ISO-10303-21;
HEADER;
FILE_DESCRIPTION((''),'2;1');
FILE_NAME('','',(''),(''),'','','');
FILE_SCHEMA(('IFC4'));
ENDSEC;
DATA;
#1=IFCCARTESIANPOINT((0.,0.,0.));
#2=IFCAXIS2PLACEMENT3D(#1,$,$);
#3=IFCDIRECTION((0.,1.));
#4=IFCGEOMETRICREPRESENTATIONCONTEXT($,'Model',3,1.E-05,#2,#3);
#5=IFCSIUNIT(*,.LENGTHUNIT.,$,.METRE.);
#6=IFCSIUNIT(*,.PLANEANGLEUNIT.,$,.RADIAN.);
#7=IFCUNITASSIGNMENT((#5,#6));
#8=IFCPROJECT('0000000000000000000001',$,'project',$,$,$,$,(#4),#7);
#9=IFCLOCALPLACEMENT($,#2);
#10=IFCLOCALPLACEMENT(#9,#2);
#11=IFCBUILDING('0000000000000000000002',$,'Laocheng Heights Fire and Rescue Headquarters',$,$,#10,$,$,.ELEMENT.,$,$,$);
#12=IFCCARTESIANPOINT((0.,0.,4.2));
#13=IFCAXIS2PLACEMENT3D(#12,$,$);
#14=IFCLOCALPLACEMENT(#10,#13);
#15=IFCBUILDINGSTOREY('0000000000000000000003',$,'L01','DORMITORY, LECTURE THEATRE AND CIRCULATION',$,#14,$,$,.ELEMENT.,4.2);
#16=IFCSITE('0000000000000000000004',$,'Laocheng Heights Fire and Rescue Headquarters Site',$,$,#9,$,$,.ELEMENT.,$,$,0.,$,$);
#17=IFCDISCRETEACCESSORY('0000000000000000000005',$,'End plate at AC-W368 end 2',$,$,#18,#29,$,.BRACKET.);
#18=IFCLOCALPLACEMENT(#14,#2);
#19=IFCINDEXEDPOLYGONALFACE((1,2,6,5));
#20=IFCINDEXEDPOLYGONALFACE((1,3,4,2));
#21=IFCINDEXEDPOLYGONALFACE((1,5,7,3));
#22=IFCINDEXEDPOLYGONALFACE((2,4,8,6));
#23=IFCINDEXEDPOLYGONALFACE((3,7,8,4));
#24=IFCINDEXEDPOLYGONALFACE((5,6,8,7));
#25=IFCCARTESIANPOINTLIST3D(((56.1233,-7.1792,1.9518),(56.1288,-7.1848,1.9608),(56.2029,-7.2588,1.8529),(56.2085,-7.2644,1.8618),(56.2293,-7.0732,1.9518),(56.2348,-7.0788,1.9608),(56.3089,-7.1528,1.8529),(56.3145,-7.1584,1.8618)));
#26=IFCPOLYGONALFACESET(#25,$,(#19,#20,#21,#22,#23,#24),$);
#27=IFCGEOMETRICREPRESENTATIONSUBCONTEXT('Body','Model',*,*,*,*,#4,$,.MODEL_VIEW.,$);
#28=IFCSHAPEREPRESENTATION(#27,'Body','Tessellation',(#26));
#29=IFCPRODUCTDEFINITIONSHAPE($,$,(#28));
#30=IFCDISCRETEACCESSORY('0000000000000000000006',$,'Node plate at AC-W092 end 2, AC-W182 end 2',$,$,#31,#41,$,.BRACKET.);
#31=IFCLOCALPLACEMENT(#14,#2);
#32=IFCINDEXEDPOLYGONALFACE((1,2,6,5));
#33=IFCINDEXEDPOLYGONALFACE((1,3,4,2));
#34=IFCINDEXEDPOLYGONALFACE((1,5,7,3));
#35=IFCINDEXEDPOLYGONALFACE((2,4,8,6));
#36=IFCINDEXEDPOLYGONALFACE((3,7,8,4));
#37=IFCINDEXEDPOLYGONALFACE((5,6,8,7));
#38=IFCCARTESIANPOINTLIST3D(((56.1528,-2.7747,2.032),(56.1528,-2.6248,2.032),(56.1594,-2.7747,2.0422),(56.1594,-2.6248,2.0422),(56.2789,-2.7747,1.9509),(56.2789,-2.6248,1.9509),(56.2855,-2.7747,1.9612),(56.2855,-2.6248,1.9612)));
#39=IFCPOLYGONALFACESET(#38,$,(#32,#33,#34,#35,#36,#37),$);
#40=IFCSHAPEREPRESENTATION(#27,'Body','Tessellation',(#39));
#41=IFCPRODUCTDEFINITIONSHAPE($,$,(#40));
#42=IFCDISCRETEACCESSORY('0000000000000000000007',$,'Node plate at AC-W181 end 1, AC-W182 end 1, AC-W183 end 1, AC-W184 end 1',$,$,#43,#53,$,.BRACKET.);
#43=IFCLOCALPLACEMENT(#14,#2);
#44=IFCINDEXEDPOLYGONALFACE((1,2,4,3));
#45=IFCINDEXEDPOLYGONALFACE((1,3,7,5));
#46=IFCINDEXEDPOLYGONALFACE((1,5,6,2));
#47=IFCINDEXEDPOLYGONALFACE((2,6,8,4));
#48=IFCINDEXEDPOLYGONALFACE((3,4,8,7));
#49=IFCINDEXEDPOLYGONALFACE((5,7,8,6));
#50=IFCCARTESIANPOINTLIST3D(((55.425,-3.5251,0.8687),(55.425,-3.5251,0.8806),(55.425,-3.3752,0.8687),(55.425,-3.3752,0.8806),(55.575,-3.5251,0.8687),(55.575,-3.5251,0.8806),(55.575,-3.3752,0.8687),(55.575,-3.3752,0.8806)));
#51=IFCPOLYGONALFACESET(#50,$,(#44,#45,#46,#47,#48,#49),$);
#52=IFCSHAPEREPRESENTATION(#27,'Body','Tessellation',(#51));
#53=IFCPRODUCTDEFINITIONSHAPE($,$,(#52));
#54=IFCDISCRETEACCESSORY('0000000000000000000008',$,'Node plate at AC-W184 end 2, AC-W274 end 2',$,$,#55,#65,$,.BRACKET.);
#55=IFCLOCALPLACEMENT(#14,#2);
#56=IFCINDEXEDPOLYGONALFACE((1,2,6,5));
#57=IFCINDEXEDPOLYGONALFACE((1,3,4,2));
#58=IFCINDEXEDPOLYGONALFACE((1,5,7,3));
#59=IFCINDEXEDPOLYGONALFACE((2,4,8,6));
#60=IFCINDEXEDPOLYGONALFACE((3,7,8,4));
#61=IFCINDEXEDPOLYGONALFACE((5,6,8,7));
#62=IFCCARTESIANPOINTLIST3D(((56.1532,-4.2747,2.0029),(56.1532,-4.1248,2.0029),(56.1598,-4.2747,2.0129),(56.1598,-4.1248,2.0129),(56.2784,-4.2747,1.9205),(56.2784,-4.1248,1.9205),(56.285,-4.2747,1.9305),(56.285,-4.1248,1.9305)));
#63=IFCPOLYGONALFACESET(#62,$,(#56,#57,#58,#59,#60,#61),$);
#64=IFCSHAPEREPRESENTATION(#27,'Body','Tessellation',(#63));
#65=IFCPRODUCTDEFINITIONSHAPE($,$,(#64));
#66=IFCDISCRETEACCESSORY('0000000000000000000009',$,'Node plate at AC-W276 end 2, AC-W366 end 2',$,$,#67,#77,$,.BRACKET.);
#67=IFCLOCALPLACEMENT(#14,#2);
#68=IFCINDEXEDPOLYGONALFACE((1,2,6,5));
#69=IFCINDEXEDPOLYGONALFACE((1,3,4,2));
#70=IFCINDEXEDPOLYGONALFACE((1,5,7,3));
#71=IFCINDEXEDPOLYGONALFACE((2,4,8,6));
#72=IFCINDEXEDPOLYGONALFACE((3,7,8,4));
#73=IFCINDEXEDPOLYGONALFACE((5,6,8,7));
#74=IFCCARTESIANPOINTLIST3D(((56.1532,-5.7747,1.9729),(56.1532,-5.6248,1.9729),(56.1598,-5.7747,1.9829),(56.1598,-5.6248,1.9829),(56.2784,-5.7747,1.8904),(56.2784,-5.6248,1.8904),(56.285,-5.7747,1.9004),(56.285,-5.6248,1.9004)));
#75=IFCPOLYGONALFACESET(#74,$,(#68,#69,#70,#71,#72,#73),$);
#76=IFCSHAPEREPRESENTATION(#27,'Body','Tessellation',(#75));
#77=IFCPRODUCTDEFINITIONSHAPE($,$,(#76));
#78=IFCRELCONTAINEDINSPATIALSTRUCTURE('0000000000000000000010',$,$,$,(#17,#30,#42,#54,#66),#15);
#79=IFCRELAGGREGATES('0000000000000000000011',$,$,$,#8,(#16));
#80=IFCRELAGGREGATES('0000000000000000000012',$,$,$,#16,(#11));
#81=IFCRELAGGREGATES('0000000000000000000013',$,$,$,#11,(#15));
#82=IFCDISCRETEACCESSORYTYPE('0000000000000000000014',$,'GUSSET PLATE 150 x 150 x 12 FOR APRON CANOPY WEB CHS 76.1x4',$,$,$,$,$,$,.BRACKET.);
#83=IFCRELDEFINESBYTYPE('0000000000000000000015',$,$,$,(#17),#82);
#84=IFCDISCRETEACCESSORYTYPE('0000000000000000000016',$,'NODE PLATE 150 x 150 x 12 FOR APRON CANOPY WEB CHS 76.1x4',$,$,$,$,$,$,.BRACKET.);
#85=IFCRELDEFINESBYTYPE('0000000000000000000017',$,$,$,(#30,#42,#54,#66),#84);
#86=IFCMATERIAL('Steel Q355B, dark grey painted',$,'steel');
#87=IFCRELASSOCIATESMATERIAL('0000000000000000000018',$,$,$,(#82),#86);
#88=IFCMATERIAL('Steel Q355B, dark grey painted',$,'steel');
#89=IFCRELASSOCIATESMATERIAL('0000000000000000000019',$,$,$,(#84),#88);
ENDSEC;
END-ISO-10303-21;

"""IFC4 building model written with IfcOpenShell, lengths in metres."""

from ifc_helpers import new_model, si_unit, direction, frame, origin, origin_2d, place, context, subcontext, project, spatial, rectangle, extrude, material, material_profile, profile_set, type_object, element, save


model = new_model("IFC4")

# Units and contexts
model_context = context("Model", 3, precision=1e-05, world=origin(), true_north=direction((0.0, 1.0)))
body_context = subcontext(model_context, "Body", "Model", "MODEL_VIEW")
ifc_project = project(units=[si_unit("LENGTHUNIT", "METRE"), si_unit("PLANEANGLEUNIT", "RADIAN")], contexts=[model_context])

# Site, building, storey
site_placement = place(None, origin())
site = spatial("IfcSite", under=ifc_project, at=site_placement, Name="Laocheng Heights Fire and Rescue Headquarters Site", CompositionType="ELEMENT", RefElevation=0.0)
building_placement = place(site_placement, origin())
building = spatial("IfcBuilding", under=site, at=building_placement, Name="Laocheng Heights Fire and Rescue Headquarters", CompositionType="ELEMENT")
storey_placement = place(building_placement, frame((0.0, 0.0, 4.2)))
storey = spatial("IfcBuildingStorey", under=building, at=storey_placement, Name="L01", Description="DORMITORY, LECTURE THEATRE AND CIRCULATION", CompositionType="ELEMENT", Elevation=4.2)

# Discrete accessories
ifc_material_1 = material(Name="Steel Q355B, dark grey painted", Category="steel")
ifc_material_profile_1 = material_profile(ifc_material_1, rectangle(XDim=0.1499, YDim=0.1499, at=origin_2d()), Name="GUSSET PLATE 150 x 150 x 12 FOR APRON CANOPY WEB CHS 76.1x4")
ifc_profile_set_1 = profile_set([ifc_material_profile_1], Name="Steel Q355B, dark grey painted")
discrete_accessory_type_1 = type_object("IfcDiscreteAccessoryType", Name="GUSSET PLATE 150 x 150 x 12 FOR APRON CANOPY WEB CHS 76.1x4", PredefinedType="BRACKET", material=ifc_profile_set_1)
for number, where, z_axis, x_axis, name in (
    (1, (56.2161, -7.166, 1.9023), (0.466867, -0.466867, 0.751047), (0.707107, 0.707107, 0.0), "End plate at AC-W368 end 2"),
):
    element("IfcDiscreteAccessory", number, at=place(storey_placement, frame(where, z_axis=z_axis, x_axis=x_axis)), inside=storey, type_object=discrete_accessory_type_1, Name=name, PredefinedType="BRACKET", context=body_context, shape_type="SweptSolid", body=[
        extrude(rectangle(XDim=0.1499, YDim=0.1499, at=origin_2d()), origin(), (0.0, 0.0, 1.0), 0.012),
    ])
ifc_material_2 = material(Name="Steel Q355B, dark grey painted", Category="steel")
ifc_material_profile_2 = material_profile(ifc_material_2, rectangle(XDim=0.1499, YDim=0.1499, at=origin_2d()), Name="NODE PLATE 150 x 150 x 12 FOR APRON CANOPY WEB CHS 76.1x4")
ifc_profile_set_2 = profile_set([ifc_material_profile_2], Name="Steel Q355B, dark grey painted")
discrete_accessory_type_2 = type_object("IfcDiscreteAccessoryType", Name="NODE PLATE 150 x 150 x 12 FOR APRON CANOPY WEB CHS 76.1x4", PredefinedType="BRACKET", material=ifc_profile_set_2)
discrete_accessory_placement = place(storey_placement, frame((56.2224, -2.6997, 2.0017), z_axis=(-0.540758, 0.0, -0.841178), x_axis=(0.0, -1.0, 0.0)))
element("IfcDiscreteAccessory", 2, at=discrete_accessory_placement, inside=storey, type_object=discrete_accessory_type_2, Name="Node plate at AC-W092 end 2, AC-W182 end 2", PredefinedType="BRACKET", context=body_context, shape_type="SweptSolid", body=[
    extrude(rectangle(XDim=0.1499, YDim=0.1499, at=origin_2d()), origin(), (0.0, 0.0, 1.0), 0.0122),
])
for number, where, z_axis, x_axis, name in (
    (3, (55.5, -3.4502, 0.8687), (0.0, 0.0, 1.0), (1.0, 0.0, 0.0), "Node plate at AC-W181 end 1, AC-W182 end 1, AC-W183 end 1, AC-W184 end 1"),
    (4, (56.2224, -4.1997, 1.9717), (-0.549991, 0.0, -0.835171), (0.0, -1.0, 0.0), "Node plate at AC-W184 end 2, AC-W274 end 2"),
    (5, (56.2224, -5.6997, 1.9417), (-0.549991, 0.0, -0.835171), (0.0, -1.0, 0.0), "Node plate at AC-W276 end 2, AC-W366 end 2"),
):
    element("IfcDiscreteAccessory", number, at=place(storey_placement, frame(where, z_axis=z_axis, x_axis=x_axis)), inside=storey, type_object=discrete_accessory_type_2, Name=name, PredefinedType="BRACKET", context=body_context, shape_type="SweptSolid", body=[
        extrude(rectangle(XDim=0.1499, YDim=0.1499, at=origin_2d()), origin(), (0.0, 0.0, 1.0), 0.012),
    ])

save(model, "model.ifc")
